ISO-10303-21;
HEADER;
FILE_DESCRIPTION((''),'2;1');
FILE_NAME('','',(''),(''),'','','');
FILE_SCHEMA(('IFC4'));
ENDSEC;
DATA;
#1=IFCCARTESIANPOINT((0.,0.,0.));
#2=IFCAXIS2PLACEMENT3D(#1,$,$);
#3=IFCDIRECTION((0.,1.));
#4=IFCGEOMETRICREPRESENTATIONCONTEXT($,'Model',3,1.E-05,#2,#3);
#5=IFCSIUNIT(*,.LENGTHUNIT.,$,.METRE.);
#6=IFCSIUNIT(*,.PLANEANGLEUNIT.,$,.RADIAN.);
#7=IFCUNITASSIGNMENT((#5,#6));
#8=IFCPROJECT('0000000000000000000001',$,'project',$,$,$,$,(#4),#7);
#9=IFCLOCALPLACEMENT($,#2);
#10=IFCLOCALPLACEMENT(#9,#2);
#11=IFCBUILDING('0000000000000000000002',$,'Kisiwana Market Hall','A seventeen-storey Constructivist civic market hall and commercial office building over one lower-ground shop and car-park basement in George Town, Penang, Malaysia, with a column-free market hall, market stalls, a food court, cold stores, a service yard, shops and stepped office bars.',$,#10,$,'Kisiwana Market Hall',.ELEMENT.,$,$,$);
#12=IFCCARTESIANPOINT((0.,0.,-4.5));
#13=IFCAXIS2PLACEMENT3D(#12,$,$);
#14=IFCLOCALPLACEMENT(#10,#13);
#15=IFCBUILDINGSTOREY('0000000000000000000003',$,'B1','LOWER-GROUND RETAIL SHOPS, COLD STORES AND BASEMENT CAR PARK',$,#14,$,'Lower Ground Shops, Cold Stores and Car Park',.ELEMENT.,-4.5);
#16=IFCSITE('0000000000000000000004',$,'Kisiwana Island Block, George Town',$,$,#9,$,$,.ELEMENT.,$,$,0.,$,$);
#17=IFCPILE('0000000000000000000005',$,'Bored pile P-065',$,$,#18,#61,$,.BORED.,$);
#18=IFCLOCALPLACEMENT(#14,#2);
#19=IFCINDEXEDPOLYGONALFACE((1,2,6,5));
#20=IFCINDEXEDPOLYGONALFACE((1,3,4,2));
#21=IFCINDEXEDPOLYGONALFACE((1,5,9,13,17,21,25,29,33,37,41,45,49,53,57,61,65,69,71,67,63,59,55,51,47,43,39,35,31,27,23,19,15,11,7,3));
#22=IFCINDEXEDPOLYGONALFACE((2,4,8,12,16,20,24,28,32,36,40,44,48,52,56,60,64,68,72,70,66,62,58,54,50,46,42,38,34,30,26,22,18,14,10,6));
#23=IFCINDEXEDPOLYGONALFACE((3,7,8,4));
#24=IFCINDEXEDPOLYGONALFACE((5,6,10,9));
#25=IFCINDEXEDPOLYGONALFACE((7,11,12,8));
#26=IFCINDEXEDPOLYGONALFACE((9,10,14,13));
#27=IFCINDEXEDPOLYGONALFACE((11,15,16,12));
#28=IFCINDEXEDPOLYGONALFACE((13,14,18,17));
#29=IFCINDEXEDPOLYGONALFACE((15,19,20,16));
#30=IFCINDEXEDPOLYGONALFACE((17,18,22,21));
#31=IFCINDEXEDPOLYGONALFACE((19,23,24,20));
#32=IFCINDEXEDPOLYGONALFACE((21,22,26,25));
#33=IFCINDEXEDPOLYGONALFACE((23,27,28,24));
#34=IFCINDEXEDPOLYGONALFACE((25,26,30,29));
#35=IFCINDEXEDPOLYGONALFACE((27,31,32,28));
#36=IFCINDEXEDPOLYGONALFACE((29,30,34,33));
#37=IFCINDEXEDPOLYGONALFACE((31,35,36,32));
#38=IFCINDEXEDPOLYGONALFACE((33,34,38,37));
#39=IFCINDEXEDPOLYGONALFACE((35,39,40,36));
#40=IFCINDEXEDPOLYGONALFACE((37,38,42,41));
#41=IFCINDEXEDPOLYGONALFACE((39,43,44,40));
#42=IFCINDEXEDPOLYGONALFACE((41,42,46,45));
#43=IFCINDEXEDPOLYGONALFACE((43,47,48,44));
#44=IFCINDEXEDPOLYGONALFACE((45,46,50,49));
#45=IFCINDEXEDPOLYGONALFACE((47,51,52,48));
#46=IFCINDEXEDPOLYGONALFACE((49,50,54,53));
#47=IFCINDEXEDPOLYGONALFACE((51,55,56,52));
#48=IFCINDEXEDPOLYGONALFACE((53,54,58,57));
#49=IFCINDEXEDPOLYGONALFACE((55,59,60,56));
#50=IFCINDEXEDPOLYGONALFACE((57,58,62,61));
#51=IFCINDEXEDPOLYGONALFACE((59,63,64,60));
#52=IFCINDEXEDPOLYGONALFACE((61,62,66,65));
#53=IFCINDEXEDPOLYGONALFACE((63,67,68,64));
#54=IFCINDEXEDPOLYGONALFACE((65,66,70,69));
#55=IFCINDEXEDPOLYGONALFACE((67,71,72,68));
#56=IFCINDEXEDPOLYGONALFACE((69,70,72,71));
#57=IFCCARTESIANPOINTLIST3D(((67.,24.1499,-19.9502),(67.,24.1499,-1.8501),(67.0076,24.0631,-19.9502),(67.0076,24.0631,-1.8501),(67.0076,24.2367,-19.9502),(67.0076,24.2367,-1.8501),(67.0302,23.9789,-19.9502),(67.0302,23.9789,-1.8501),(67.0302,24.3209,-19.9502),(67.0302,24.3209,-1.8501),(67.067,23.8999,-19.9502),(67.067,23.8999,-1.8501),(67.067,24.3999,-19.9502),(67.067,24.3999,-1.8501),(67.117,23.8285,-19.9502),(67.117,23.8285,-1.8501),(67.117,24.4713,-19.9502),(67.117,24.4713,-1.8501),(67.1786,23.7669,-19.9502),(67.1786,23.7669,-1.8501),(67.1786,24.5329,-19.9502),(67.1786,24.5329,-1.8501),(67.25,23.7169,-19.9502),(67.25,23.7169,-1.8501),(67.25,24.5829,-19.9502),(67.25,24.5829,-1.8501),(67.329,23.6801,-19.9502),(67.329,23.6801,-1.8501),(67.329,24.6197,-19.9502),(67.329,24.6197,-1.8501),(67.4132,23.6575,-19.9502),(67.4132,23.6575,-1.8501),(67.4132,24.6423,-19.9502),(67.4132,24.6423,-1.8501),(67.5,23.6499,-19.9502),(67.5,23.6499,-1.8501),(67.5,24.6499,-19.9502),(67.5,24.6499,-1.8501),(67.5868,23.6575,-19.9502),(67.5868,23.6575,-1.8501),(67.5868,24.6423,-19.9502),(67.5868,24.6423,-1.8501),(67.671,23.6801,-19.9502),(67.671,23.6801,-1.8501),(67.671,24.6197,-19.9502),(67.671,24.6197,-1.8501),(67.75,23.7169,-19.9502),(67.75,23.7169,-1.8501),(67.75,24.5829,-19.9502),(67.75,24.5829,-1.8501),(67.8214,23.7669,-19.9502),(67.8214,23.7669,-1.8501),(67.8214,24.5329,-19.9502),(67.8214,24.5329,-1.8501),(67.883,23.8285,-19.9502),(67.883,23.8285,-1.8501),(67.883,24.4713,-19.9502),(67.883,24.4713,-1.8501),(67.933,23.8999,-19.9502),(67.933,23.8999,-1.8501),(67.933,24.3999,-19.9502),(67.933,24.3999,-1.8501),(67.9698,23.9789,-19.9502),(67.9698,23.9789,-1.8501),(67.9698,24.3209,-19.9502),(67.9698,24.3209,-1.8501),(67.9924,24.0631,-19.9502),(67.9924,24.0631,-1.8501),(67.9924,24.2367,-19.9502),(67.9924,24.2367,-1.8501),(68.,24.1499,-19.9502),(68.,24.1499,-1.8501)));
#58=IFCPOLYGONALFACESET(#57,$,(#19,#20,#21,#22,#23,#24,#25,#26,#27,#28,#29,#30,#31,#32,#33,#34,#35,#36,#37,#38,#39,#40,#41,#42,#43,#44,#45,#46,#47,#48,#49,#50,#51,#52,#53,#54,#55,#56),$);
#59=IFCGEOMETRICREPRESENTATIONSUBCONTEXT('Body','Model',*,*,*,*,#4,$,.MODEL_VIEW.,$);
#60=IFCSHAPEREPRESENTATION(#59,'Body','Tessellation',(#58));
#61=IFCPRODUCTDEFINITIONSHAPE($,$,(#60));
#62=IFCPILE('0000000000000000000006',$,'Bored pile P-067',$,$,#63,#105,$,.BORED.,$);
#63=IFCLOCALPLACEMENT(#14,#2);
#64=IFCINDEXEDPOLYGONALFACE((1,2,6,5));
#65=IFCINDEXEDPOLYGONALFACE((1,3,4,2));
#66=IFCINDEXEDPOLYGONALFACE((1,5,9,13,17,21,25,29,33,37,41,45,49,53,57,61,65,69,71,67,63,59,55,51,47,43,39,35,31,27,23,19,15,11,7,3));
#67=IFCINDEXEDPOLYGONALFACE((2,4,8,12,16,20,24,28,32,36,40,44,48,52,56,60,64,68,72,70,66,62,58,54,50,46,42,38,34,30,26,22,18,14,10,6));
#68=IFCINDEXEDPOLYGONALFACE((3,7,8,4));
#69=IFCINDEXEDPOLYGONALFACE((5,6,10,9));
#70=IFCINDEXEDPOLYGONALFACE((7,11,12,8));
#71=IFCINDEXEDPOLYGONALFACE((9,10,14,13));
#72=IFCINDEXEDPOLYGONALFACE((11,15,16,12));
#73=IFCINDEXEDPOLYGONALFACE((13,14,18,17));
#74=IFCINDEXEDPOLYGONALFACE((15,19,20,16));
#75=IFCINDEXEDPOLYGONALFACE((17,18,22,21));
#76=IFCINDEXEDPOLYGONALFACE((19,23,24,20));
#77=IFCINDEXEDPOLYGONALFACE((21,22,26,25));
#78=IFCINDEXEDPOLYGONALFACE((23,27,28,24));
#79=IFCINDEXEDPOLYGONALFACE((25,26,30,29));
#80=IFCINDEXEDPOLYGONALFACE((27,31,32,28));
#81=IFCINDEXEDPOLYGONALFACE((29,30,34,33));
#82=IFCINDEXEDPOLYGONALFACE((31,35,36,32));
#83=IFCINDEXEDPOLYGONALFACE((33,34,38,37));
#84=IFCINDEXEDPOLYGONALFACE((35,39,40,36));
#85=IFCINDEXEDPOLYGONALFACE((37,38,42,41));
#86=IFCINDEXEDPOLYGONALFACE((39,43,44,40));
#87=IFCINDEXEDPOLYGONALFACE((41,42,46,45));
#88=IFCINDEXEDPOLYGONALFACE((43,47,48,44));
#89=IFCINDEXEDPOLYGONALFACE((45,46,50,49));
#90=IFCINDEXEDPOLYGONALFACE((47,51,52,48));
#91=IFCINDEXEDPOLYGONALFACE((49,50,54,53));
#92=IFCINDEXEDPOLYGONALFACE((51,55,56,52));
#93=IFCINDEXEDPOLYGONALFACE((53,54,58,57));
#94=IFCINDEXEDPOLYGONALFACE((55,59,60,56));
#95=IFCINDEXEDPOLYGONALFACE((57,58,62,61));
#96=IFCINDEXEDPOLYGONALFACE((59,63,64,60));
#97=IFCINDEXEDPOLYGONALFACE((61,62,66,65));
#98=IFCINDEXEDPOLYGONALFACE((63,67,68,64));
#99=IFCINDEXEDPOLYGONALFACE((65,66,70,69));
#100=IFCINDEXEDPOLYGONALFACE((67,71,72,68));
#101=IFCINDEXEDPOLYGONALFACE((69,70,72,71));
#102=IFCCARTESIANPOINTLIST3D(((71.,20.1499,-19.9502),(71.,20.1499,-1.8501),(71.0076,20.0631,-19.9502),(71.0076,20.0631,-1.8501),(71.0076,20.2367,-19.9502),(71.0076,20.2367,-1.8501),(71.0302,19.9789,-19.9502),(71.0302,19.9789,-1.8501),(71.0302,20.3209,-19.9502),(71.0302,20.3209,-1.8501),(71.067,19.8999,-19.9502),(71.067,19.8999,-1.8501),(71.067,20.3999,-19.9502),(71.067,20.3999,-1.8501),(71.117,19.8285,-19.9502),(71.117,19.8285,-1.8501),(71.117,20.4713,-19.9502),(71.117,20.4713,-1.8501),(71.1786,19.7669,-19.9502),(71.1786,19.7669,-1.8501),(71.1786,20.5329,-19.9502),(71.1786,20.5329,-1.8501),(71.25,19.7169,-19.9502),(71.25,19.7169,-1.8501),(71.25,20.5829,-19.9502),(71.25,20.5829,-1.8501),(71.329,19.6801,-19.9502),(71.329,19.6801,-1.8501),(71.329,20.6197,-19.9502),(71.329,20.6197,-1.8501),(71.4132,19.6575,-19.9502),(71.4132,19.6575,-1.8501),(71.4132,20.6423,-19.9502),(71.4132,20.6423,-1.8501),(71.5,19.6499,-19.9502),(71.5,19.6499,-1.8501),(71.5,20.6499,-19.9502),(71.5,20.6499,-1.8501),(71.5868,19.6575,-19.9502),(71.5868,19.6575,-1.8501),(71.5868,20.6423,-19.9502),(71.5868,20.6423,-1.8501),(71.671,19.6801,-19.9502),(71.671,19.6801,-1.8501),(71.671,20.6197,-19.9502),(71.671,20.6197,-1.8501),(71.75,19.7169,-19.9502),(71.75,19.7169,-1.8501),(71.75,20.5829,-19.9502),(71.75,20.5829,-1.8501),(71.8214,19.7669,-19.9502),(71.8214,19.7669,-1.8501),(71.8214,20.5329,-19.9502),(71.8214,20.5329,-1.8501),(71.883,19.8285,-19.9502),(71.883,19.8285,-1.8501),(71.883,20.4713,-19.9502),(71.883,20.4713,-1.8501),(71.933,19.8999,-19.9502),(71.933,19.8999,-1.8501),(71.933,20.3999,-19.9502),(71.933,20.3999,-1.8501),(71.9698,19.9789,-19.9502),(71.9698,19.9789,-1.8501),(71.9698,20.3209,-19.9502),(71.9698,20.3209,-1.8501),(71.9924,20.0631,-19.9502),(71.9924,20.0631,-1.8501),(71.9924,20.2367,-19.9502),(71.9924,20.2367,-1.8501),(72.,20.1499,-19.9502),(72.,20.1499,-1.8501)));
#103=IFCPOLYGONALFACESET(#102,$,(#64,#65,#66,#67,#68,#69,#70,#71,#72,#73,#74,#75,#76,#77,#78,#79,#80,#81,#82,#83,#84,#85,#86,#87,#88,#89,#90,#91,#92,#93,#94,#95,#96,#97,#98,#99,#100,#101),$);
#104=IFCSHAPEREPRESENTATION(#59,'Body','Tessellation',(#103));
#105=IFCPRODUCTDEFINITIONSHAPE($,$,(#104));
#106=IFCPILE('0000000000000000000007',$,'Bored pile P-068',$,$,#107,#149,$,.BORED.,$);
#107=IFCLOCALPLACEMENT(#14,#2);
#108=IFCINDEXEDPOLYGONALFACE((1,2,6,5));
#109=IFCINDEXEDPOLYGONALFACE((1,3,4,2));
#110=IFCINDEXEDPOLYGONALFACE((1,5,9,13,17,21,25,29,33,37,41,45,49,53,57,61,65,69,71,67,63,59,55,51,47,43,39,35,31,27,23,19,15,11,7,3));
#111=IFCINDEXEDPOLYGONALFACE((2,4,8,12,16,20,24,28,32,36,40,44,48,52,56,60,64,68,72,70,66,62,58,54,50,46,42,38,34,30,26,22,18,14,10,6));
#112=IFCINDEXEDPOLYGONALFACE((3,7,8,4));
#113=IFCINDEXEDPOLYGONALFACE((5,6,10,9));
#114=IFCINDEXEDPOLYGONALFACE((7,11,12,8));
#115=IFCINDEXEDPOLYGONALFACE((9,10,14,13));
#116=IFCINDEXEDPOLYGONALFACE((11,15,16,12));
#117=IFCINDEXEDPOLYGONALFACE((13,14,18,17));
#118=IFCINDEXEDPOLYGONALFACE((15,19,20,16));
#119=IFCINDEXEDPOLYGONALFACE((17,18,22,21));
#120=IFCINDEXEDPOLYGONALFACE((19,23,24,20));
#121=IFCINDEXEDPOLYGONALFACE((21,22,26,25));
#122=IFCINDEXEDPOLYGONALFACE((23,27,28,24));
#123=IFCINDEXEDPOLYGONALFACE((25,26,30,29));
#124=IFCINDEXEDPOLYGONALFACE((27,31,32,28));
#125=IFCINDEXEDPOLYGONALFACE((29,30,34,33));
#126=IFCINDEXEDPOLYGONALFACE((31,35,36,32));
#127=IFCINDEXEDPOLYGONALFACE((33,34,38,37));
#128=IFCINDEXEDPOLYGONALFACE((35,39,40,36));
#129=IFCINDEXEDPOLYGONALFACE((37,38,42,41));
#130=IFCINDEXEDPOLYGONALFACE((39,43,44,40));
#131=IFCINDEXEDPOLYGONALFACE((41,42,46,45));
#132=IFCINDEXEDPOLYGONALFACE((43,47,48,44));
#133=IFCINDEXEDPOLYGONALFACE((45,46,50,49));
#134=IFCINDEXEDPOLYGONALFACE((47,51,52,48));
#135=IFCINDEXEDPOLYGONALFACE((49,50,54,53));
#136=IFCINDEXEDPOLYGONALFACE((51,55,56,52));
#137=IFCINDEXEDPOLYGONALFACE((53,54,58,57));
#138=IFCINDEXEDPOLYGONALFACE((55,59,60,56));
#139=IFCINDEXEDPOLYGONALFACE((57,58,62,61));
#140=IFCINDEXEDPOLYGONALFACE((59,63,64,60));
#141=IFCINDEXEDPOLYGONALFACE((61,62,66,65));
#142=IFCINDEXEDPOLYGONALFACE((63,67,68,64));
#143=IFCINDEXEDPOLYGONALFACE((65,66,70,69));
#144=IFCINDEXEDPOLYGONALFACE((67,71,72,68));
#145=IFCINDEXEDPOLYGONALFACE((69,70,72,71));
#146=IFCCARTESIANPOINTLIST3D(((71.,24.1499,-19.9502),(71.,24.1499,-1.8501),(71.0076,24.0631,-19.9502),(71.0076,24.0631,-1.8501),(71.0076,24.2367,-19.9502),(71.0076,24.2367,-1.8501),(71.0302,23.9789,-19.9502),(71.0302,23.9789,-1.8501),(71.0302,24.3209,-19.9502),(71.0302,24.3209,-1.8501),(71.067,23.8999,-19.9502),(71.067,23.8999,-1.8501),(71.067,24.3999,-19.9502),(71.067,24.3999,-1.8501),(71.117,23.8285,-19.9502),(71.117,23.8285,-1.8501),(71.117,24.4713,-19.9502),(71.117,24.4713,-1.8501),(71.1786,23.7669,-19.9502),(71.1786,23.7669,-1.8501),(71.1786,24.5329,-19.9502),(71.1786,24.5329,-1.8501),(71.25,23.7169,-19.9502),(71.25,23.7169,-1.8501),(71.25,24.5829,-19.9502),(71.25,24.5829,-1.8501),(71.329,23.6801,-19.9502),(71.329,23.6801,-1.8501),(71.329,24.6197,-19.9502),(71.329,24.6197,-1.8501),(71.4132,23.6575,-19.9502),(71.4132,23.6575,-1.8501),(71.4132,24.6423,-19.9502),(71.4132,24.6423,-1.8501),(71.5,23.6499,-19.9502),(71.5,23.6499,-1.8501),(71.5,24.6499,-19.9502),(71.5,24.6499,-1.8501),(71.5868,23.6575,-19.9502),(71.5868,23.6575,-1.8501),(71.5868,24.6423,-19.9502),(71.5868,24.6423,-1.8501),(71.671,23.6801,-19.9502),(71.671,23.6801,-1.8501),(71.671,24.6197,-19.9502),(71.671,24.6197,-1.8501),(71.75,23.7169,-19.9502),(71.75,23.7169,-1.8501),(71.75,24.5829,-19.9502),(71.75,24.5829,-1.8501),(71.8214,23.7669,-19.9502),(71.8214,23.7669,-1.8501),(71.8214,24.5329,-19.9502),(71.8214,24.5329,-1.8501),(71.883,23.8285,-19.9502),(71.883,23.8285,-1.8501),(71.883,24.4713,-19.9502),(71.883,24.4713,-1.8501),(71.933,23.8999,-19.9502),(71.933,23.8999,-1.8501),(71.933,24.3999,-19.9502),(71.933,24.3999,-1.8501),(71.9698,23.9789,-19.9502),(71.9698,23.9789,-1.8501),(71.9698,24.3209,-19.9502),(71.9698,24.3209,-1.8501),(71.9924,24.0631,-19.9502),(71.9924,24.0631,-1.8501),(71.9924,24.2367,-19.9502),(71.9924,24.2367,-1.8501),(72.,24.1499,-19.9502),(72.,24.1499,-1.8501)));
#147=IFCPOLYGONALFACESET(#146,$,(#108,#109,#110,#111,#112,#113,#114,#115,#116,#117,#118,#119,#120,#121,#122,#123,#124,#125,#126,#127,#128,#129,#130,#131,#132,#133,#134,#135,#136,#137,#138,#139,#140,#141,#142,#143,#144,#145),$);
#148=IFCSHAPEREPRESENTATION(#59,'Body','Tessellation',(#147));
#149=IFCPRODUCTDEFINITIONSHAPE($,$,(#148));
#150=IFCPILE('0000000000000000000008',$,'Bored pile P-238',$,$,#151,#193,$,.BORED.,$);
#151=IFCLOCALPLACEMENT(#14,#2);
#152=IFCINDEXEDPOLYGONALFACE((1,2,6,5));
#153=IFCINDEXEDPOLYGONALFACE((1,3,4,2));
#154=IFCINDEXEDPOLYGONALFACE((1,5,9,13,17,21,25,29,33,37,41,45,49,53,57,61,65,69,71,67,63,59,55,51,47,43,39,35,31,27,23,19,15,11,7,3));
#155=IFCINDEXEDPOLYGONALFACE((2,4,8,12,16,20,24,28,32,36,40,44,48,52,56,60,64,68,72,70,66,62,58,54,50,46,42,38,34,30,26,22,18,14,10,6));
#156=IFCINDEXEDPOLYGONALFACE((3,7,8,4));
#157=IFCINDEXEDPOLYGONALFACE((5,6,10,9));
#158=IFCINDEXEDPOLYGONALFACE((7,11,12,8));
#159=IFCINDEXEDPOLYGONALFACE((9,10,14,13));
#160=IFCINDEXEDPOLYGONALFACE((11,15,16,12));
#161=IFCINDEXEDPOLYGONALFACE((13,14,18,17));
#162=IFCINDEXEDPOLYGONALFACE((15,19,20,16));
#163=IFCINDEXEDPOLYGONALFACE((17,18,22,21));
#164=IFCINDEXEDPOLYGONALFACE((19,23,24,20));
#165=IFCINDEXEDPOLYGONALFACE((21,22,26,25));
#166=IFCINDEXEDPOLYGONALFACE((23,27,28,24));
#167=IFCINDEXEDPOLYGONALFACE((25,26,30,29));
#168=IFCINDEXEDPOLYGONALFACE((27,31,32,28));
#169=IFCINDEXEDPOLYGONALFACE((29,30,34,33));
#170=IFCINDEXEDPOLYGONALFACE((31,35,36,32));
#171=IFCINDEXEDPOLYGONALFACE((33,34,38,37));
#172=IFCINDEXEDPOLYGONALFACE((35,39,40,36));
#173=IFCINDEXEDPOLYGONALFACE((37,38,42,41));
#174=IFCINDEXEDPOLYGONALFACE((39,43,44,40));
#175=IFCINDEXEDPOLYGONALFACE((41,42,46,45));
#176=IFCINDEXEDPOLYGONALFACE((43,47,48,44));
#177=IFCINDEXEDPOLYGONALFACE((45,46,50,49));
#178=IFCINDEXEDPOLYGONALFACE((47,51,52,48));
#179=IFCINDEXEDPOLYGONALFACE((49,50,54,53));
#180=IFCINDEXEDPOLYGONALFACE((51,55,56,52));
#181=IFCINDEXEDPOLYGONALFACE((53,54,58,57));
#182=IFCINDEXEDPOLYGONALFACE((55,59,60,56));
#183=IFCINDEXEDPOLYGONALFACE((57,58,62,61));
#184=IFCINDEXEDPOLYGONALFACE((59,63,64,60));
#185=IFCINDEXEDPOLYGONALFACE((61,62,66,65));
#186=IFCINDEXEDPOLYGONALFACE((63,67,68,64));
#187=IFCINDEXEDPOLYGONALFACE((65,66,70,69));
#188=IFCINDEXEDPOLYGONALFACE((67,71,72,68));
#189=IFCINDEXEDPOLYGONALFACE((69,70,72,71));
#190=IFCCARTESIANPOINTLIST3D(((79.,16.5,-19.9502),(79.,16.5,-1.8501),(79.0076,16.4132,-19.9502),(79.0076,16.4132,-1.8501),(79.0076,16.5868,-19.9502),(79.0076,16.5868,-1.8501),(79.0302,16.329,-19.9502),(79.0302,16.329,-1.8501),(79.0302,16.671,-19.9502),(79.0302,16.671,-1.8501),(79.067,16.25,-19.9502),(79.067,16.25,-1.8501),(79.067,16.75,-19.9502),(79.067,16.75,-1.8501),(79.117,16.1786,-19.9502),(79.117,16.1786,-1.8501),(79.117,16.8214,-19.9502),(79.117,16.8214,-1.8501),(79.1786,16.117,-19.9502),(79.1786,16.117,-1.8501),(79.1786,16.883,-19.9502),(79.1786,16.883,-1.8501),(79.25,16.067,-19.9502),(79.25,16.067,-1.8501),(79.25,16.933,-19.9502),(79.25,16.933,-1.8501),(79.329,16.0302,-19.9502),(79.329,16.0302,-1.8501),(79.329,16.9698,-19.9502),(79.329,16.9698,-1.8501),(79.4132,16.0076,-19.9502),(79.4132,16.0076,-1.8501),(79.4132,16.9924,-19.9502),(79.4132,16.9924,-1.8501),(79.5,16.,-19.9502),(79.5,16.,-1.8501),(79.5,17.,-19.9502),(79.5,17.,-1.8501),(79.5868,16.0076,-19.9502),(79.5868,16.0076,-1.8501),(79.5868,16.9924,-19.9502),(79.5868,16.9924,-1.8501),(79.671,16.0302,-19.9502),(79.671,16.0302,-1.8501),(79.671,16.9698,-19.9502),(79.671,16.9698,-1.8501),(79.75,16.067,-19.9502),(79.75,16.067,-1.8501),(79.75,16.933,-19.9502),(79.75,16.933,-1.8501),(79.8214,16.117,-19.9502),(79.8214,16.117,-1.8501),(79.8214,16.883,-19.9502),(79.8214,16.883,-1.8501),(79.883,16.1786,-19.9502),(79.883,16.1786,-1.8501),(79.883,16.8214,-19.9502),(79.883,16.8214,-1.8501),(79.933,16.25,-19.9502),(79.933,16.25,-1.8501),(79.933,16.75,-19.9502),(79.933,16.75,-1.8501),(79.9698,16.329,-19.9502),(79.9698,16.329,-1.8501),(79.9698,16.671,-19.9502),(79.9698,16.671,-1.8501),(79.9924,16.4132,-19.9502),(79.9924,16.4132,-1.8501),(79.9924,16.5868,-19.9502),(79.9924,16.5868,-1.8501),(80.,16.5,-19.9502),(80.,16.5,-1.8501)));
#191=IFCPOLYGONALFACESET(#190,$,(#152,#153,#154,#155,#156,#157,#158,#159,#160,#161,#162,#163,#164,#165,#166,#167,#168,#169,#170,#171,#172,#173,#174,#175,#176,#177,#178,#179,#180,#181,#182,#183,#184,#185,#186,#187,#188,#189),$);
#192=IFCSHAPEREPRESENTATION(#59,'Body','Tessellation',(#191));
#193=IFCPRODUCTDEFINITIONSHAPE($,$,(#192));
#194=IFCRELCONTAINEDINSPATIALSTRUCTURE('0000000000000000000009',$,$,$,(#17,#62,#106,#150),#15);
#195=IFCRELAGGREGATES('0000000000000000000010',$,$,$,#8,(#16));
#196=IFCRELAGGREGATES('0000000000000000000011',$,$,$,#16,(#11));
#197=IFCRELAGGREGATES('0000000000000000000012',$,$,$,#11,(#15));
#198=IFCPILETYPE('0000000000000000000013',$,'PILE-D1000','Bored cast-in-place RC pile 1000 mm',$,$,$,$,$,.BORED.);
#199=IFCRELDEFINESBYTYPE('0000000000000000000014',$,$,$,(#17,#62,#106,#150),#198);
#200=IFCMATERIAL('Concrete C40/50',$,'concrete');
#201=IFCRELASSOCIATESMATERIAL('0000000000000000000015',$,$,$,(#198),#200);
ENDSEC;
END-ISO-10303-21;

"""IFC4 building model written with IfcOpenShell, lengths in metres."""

from ifc_helpers import new_model, si_unit, direction, frame, origin, origin_2d, place, context, subcontext, project, spatial, circle, extrude, material, material_profile, profile_set, type_object, element, save


model = new_model("IFC4")

# Units and contexts
model_context = context("Model", 3, precision=1e-05, world=origin(), true_north=direction((0.0, 1.0)))
body_context = subcontext(model_context, "Body", "Model", "MODEL_VIEW")
ifc_project = project(units=[si_unit("LENGTHUNIT", "METRE"), si_unit("PLANEANGLEUNIT", "RADIAN")], contexts=[model_context])

# Site, building, storey
site_placement = place(None, origin())
site = spatial("IfcSite", under=ifc_project, at=site_placement, Name="Kisiwana Island Block, George Town", CompositionType="ELEMENT", RefElevation=0.0)
building_placement = place(site_placement, origin())
building = spatial("IfcBuilding", under=site, at=building_placement, Name="Kisiwana Market Hall", Description="A seventeen-storey Constructivist civic market hall and commercial office building over one lower-ground shop and car-park basement in George Town, Penang, Malaysia, with a column-free market hall, market stalls, a food court, cold stores, a service yard, shops and stepped office bars.", LongName="Kisiwana Market Hall", CompositionType="ELEMENT")
storey_placement = place(building_placement, frame((0.0, 0.0, -4.5)))
storey = spatial("IfcBuildingStorey", under=building, at=storey_placement, Name="B1", Description="LOWER-GROUND RETAIL SHOPS, COLD STORES AND BASEMENT CAR PARK", LongName="Lower Ground Shops, Cold Stores and Car Park", CompositionType="ELEMENT", Elevation=-4.5)

# Piles
ifc_material_1 = material(Name="Concrete C40/50", Category="concrete")
ifc_material_profile_1 = material_profile(ifc_material_1, circle(Radius=0.5, at=origin_2d()), Name="BP D1000")
ifc_profile_set_1 = profile_set([ifc_material_profile_1], Name="Concrete C40/50")
pile_type_1 = type_object("IfcPileType", Name="PILE-D1000", Description="Bored cast-in-place RC pile 1000 mm", PredefinedType="BORED", material=ifc_profile_set_1)
for number, where, z_axis, x_axis, name in (
    (1, (67.5, 24.1499, -1.8501), (0.0, 0.0, -1.0), (1.0, 0.0, 0.0), "Bored pile P-065"),
    (2, (71.5, 20.1499, -1.8501), (0.0, 0.0, -1.0), (1.0, 0.0, 0.0), "Bored pile P-067"),
    (3, (71.5, 24.1499, -1.8501), (0.0, 0.0, -1.0), (1.0, 0.0, 0.0), "Bored pile P-068"),
    (4, (79.5, 16.5, -1.8501), (0.0, 0.0, -1.0), (1.0, 0.0, 0.0), "Bored pile P-238"),
):
    element("IfcPile", number, at=place(storey_placement, frame(where, z_axis=z_axis, x_axis=x_axis)), inside=storey, type_object=pile_type_1, Name=name, PredefinedType="BORED", context=body_context, shape_type="SweptSolid", body=[
        extrude(circle(Radius=0.5, at=origin_2d()), origin(), (0.0, 0.0, 1.0), 18.1001),
    ])

save(model, "model.ifc")
